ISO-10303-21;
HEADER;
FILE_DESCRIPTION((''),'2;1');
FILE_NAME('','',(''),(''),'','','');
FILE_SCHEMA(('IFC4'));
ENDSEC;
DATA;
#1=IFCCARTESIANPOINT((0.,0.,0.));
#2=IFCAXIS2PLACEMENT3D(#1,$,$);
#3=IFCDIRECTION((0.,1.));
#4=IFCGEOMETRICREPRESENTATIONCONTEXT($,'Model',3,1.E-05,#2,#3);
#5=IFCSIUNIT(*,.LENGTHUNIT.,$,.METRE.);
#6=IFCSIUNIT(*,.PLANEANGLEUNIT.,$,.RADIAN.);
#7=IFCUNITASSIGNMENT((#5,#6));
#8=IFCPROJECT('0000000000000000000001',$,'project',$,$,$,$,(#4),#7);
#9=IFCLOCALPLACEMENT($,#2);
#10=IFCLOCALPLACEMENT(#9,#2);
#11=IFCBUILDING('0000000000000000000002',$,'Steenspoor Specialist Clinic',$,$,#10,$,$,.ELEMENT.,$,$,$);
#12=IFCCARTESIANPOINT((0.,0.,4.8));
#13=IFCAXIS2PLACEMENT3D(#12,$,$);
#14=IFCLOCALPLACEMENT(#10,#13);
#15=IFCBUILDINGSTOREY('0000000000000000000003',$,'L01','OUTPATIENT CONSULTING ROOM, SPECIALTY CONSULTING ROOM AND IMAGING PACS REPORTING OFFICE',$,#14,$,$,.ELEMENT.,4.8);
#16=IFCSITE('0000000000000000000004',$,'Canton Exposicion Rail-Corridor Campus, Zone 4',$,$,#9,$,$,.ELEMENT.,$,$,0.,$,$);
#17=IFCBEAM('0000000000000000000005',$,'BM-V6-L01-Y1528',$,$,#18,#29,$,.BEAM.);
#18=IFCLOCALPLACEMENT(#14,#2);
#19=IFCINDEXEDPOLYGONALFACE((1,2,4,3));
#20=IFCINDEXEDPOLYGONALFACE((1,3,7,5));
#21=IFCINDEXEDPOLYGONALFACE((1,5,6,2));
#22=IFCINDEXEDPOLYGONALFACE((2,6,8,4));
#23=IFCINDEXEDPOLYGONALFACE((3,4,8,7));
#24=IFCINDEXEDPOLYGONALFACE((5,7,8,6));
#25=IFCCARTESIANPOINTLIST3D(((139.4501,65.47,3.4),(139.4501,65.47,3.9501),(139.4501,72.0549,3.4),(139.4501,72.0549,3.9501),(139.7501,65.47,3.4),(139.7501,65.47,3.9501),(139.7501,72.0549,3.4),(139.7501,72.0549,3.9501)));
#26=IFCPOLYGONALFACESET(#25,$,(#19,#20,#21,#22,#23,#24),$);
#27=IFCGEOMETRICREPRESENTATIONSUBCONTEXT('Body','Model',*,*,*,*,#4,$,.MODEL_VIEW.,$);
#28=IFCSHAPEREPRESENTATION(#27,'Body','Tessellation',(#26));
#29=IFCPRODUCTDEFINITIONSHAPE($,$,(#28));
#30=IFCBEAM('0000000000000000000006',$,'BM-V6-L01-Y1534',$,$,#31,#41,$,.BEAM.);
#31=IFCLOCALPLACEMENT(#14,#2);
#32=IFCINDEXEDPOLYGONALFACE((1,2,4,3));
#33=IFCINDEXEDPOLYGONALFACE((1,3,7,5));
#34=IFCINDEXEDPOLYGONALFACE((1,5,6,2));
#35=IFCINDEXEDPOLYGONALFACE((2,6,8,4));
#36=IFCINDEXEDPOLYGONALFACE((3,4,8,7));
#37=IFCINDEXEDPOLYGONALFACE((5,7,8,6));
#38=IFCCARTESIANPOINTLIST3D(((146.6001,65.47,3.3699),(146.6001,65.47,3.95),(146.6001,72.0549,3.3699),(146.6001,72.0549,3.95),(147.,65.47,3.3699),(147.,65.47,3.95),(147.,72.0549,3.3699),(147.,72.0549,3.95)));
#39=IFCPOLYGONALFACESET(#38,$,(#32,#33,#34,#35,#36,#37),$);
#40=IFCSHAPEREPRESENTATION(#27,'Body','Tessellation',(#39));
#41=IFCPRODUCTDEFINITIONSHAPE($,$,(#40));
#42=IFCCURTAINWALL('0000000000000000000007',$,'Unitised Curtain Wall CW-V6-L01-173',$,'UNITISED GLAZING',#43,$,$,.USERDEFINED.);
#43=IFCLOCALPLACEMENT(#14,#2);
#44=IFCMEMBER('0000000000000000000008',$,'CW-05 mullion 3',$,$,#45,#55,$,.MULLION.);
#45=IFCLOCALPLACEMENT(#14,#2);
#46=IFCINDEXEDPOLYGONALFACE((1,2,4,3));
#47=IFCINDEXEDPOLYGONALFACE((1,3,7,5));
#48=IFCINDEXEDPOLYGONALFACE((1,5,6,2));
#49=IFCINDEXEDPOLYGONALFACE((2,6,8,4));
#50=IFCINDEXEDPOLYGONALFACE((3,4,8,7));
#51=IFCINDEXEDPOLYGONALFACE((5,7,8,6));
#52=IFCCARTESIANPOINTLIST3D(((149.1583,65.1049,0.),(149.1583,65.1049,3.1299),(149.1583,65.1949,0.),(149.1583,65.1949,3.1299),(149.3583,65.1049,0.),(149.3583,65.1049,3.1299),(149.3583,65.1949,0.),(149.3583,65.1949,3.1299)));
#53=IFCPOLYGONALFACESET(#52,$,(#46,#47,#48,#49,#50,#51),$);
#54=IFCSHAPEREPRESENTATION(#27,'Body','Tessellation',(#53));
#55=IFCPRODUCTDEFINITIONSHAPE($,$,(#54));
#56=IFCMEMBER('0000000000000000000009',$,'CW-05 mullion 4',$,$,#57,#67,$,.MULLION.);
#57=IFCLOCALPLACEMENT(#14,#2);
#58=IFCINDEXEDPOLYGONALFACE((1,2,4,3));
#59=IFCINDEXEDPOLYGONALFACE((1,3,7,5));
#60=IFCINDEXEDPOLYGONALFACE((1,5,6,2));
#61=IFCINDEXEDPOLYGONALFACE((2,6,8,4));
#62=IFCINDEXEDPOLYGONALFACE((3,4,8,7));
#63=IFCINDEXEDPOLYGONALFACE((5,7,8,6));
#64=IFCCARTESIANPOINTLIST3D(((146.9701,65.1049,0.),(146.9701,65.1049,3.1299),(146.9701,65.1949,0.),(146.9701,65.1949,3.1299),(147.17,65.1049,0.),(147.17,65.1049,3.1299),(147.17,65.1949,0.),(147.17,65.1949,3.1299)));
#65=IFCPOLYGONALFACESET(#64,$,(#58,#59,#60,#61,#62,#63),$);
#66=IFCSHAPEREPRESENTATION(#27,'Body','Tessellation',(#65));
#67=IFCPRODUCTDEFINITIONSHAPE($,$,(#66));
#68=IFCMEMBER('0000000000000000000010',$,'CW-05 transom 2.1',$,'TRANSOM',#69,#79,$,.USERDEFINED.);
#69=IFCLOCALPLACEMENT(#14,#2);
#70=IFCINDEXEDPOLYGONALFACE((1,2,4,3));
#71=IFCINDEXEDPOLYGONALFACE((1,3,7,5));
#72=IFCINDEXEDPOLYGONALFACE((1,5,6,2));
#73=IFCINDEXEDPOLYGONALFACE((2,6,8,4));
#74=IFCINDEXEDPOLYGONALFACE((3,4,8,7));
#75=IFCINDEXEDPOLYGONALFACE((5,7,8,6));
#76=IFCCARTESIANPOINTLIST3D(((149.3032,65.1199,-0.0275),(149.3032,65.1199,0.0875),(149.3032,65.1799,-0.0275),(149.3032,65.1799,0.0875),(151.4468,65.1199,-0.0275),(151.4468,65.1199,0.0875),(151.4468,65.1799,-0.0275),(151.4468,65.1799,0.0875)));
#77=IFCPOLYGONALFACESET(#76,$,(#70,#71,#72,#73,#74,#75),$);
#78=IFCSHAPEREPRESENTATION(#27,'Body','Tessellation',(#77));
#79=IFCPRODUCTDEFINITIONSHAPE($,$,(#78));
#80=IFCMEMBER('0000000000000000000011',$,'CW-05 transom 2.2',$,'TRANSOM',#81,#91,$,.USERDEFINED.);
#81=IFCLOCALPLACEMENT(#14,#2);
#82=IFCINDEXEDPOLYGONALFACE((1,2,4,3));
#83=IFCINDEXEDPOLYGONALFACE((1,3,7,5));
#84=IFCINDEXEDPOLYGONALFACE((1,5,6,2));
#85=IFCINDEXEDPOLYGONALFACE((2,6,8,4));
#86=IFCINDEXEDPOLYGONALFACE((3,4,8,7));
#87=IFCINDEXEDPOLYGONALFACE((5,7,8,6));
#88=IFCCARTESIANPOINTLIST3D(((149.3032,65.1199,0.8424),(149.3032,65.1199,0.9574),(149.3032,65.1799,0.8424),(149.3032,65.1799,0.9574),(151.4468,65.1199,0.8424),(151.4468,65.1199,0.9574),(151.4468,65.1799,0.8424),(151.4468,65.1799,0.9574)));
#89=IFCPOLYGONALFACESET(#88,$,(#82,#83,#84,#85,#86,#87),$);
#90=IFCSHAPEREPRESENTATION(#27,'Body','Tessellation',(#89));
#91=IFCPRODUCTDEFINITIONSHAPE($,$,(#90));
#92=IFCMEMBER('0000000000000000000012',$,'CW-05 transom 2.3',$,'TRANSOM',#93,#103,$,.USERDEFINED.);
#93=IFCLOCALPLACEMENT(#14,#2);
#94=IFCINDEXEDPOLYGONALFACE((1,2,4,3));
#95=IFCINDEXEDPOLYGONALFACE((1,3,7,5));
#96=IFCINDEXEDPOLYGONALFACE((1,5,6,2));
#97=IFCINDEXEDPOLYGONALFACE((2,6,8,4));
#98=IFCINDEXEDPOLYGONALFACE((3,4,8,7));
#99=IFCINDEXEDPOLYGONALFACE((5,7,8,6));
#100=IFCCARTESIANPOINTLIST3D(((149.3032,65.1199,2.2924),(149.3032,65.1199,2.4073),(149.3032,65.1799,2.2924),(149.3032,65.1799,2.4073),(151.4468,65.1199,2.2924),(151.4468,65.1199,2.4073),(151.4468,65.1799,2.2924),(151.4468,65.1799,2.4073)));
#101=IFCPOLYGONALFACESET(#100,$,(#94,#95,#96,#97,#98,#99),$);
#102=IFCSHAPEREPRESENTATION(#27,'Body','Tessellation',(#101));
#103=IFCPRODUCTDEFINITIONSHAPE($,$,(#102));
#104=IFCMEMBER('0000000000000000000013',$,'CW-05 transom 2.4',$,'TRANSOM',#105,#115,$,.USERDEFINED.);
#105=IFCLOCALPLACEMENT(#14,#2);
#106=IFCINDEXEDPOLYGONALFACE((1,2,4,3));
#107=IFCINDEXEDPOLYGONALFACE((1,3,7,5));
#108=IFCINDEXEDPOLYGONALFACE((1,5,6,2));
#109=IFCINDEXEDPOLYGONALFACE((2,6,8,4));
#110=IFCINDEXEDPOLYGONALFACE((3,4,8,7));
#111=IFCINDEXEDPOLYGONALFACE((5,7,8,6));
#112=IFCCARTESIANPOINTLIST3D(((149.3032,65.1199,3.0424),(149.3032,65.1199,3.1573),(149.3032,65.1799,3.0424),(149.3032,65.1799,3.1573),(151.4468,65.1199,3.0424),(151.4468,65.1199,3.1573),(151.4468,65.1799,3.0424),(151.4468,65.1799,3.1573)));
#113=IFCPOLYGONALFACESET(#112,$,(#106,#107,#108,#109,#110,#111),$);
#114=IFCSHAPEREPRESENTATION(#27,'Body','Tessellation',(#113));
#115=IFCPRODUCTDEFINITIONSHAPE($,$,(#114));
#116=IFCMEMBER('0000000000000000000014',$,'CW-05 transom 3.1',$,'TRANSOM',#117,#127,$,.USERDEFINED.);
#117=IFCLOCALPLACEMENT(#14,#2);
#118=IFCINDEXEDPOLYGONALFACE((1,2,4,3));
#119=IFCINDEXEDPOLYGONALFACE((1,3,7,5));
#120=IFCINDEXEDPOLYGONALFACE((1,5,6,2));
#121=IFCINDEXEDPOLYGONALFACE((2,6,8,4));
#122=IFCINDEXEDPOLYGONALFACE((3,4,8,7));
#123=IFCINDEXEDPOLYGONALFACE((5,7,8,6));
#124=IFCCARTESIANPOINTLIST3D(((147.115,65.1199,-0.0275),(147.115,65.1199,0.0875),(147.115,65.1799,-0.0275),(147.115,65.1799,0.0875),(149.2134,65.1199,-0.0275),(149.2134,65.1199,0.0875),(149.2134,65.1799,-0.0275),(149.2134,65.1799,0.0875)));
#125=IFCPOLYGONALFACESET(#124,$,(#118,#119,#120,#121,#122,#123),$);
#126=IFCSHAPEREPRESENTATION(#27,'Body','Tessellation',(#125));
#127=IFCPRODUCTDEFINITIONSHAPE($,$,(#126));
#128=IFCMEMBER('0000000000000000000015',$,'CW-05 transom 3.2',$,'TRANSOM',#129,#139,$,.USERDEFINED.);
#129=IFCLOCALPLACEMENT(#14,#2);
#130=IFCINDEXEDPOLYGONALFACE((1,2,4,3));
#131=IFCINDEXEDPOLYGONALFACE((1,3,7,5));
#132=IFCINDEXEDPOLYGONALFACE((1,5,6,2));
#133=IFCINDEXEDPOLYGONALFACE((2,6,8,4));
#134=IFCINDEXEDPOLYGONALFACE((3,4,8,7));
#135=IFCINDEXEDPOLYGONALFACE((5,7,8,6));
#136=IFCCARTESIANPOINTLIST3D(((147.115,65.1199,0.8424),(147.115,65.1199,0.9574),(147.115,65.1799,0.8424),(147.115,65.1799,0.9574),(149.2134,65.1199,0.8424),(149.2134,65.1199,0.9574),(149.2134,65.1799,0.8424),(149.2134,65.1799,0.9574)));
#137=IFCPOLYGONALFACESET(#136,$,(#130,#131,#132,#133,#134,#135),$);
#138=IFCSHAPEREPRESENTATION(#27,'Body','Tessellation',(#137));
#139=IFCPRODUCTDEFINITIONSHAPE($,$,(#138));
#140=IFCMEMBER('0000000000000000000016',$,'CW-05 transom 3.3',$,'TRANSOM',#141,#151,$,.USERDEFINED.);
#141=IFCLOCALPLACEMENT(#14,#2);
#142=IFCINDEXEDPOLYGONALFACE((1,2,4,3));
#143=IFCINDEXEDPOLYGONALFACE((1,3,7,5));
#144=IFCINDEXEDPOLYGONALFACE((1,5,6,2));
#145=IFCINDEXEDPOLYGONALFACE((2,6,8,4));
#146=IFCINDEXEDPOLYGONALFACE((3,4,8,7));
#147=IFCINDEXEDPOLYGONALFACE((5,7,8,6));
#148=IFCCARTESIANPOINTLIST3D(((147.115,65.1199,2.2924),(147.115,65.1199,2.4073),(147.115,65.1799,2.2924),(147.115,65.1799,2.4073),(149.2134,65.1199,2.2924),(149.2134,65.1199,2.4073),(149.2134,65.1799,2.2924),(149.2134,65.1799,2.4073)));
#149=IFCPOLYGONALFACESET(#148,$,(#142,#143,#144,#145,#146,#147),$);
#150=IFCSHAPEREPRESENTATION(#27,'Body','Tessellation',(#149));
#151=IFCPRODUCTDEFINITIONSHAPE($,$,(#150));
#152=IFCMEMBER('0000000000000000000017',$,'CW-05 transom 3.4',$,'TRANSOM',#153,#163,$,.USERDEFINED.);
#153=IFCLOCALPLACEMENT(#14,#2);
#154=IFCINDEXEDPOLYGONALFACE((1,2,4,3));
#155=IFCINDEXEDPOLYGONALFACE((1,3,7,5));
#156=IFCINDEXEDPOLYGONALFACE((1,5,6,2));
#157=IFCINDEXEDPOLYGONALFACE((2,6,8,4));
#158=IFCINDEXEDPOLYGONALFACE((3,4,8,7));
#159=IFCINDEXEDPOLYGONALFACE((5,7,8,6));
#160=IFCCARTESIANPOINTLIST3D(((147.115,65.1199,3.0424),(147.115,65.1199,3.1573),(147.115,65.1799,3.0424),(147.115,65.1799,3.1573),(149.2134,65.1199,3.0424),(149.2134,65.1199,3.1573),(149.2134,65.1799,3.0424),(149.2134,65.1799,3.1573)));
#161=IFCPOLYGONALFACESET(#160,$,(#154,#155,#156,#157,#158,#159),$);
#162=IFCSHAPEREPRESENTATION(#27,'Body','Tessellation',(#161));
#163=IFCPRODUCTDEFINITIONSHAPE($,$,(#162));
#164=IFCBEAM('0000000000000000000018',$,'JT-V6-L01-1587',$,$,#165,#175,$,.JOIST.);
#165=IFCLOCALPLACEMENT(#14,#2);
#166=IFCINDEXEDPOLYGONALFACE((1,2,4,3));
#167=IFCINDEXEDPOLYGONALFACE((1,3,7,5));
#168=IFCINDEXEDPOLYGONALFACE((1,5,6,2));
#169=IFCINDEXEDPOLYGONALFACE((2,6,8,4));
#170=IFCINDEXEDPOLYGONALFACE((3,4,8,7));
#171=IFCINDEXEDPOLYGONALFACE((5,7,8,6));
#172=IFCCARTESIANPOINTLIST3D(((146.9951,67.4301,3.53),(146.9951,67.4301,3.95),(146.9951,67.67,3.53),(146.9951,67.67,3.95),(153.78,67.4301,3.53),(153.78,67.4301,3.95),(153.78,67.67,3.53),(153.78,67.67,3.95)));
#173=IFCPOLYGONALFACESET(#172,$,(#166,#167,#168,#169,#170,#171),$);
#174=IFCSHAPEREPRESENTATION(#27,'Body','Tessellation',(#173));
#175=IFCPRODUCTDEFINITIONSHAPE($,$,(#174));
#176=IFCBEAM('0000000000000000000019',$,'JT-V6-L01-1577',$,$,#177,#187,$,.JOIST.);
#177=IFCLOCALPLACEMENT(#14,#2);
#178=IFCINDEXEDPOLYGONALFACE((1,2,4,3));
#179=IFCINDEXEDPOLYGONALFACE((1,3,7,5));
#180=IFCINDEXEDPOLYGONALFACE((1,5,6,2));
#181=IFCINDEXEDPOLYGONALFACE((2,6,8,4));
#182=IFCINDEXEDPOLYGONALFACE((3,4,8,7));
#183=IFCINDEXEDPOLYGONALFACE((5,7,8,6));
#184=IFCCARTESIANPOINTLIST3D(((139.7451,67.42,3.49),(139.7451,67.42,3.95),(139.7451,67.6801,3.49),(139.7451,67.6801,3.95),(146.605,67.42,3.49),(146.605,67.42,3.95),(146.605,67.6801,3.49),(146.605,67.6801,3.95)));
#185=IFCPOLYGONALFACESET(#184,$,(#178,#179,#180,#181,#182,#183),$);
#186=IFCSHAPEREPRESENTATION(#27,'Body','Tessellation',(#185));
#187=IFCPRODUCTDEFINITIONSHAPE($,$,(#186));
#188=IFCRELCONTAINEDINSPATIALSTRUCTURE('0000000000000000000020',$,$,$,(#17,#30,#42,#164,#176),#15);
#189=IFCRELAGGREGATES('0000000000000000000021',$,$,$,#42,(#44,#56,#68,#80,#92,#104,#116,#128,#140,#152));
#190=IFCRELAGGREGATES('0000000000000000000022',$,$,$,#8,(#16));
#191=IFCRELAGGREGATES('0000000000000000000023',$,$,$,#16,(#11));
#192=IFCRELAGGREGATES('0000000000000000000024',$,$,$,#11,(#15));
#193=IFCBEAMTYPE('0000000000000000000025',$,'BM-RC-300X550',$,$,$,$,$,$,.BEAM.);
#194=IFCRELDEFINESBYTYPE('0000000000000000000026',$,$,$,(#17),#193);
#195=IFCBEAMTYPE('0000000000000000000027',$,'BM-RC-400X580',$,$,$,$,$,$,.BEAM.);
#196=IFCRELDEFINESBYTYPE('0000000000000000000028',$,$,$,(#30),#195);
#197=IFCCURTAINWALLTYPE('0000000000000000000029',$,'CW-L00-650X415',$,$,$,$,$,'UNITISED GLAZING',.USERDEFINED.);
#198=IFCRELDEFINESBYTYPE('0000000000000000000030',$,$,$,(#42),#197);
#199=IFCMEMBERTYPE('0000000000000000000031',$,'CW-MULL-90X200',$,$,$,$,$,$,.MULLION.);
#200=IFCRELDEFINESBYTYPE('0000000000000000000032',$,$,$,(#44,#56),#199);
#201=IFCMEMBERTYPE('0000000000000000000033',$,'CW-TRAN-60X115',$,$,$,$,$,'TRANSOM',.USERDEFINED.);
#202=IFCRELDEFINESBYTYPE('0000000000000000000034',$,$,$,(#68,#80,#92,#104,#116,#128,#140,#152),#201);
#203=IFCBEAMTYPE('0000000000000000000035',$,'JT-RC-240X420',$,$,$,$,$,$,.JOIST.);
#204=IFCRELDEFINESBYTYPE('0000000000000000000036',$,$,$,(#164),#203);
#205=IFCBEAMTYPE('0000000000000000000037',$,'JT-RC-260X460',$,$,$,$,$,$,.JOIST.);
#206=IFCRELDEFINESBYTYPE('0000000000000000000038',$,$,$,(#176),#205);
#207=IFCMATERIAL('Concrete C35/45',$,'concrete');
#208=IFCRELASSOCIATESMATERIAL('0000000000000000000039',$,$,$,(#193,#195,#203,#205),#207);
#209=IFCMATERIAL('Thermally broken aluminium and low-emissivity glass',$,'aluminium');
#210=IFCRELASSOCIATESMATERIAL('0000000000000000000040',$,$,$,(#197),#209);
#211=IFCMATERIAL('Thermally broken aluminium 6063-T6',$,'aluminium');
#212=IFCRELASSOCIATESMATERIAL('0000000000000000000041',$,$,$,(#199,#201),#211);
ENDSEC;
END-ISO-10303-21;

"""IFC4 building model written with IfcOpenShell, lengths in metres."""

from ifc_helpers import new_model, si_unit, direction, frame, origin, origin_2d, place, context, subcontext, project, spatial, rectangle, extrude, material, material_profile, profile_set, type_object, element, aggregate, save


model = new_model("IFC4")

# Units and contexts
model_context = context("Model", 3, precision=1e-05, world=origin(), true_north=direction((0.0, 1.0)))
body_context = subcontext(model_context, "Body", "Model", "MODEL_VIEW")
ifc_project = project(units=[si_unit("LENGTHUNIT", "METRE"), si_unit("PLANEANGLEUNIT", "RADIAN")], contexts=[model_context])

# Site, building, storey
site_placement = place(None, origin())
site = spatial("IfcSite", under=ifc_project, at=site_placement, Name="Canton Exposicion Rail-Corridor Campus, Zone 4", CompositionType="ELEMENT", RefElevation=0.0)
building_placement = place(site_placement, origin())
building = spatial("IfcBuilding", under=site, at=building_placement, Name="Steenspoor Specialist Clinic", CompositionType="ELEMENT")
storey_placement = place(building_placement, frame((0.0, 0.0, 4.8)))
storey = spatial("IfcBuildingStorey", under=building, at=storey_placement, Name="L01", Description="OUTPATIENT CONSULTING ROOM, SPECIALTY CONSULTING ROOM AND IMAGING PACS REPORTING OFFICE", CompositionType="ELEMENT", Elevation=4.8)

# Beams
ifc_material_1 = material(Name="Concrete C35/45", Category="concrete")
ifc_material_profile_1 = material_profile(ifc_material_1, rectangle(XDim=0.3, YDim=0.55, at=origin_2d()), Name="RC-BM-300X550")
ifc_profile_set_1 = profile_set([ifc_material_profile_1], Name="Concrete C35/45")
beam_type_1 = type_object("IfcBeamType", Name="BM-RC-300X550", PredefinedType="BEAM", material=ifc_profile_set_1)
beam_1_placement = place(storey_placement, frame((139.6001, 65.47, 3.675), z_axis=(0.0, 1.0, 0.0), x_axis=(-1.0, 0.0, 0.0)))
element("IfcBeam", 1, at=beam_1_placement, inside=storey, type_object=beam_type_1, Name="BM-V6-L01-Y1528", PredefinedType="BEAM", context=body_context, shape_type="SweptSolid", body=[
    extrude(rectangle(XDim=0.3, YDim=0.55, at=origin_2d()), origin(), (0.0, 0.0, 1.0), 6.585),
])
ifc_material_profile_2 = material_profile(ifc_material_1, rectangle(XDim=0.3999, YDim=0.5801, at=origin_2d()), Name="RC-BM-400X580")
ifc_profile_set_2 = profile_set([ifc_material_profile_2], Name="Concrete C35/45")
beam_type_2 = type_object("IfcBeamType", Name="BM-RC-400X580", PredefinedType="BEAM", material=ifc_profile_set_2)
beam_2_placement = place(storey_placement, frame((146.8, 65.47, 3.6599), z_axis=(0.0, 1.0, 0.0), x_axis=(-1.0, 0.0, 0.0)))
element("IfcBeam", 2, at=beam_2_placement, inside=storey, type_object=beam_type_2, Name="BM-V6-L01-Y1534", PredefinedType="BEAM", context=body_context, shape_type="SweptSolid", body=[
    extrude(rectangle(XDim=0.3999, YDim=0.5801, at=origin_2d()), origin(), (0.0, 0.0, 1.0), 6.585),
])

# Curtain wall, members
ifc_material_2 = material(Name="Thermally broken aluminium and low-emissivity glass", Category="aluminium")
curtain_wall_type = type_object("IfcCurtainWallType", Name="CW-L00-650X415", ElementType="UNITISED GLAZING", PredefinedType="USERDEFINED", material=ifc_material_2)
curtain_wall_placement = place(storey_placement, origin())
curtain_wall = element("IfcCurtainWall", 3, at=curtain_wall_placement, inside=storey, type_object=curtain_wall_type, Name="Unitised Curtain Wall CW-V6-L01-173", ObjectType="UNITISED GLAZING", PredefinedType="USERDEFINED")
ifc_material_3 = material(Name="Thermally broken aluminium 6063-T6", Category="aluminium")
ifc_material_profile_3 = material_profile(ifc_material_3, rectangle(XDim=0.0901, YDim=0.2, at=origin_2d()), Name="CWM-90X200")
ifc_profile_set_3 = profile_set([ifc_material_profile_3], Name="Thermally broken aluminium 6063-T6")
member_type_1 = type_object("IfcMemberType", Name="CW-MULL-90X200", PredefinedType="MULLION", material=ifc_profile_set_3)
member_1_placement = place(storey_placement, frame((149.2583, 65.1499, 0.0), z_axis=(0.0, 0.0, 1.0), x_axis=(0.0, -1.0, 0.0)))
member_1 = element("IfcMember", 4, at=member_1_placement, type_object=member_type_1, Name="CW-05 mullion 3", PredefinedType="MULLION", context=body_context, shape_type="SweptSolid", body=[
    extrude(rectangle(XDim=0.0901, YDim=0.2, at=origin_2d()), origin(), (0.0, 0.0, 1.0), 3.1299),
])
member_2_placement = place(storey_placement, frame((147.0701, 65.1499, 0.0), z_axis=(0.0, 0.0, 1.0), x_axis=(0.0, -1.0, 0.0)))
member_2 = element("IfcMember", 5, at=member_2_placement, type_object=member_type_1, Name="CW-05 mullion 4", PredefinedType="MULLION", context=body_context, shape_type="SweptSolid", body=[
    extrude(rectangle(XDim=0.0901, YDim=0.2, at=origin_2d()), origin(), (0.0, 0.0, 1.0), 3.1299),
])
ifc_material_profile_4 = material_profile(ifc_material_3, rectangle(XDim=0.0601, YDim=0.115, at=origin_2d()), Name="CWT-60X115")
ifc_profile_set_4 = profile_set([ifc_material_profile_4], Name="Thermally broken aluminium 6063-T6")
member_type_2 = type_object("IfcMemberType", Name="CW-TRAN-60X115", ElementType="TRANSOM", PredefinedType="USERDEFINED", material=ifc_profile_set_4)
member_3_placement = place(storey_placement, frame((151.4468, 65.1499, 0.03), z_axis=(-1.0, 0.0, 0.0), x_axis=(0.0, -1.0, 0.0)))
member_3 = element("IfcMember", 6, at=member_3_placement, type_object=member_type_2, Name="CW-05 transom 2.1", ObjectType="TRANSOM", PredefinedType="USERDEFINED", context=body_context, shape_type="SweptSolid", body=[
    extrude(rectangle(XDim=0.0601, YDim=0.115, at=origin_2d()), origin(), (0.0, 0.0, 1.0), 2.1436),
])
member_4_placement = place(storey_placement, frame((151.4468, 65.1499, 0.8999), z_axis=(-1.0, 0.0, 0.0), x_axis=(0.0, -1.0, 0.0)))
member_4 = element("IfcMember", 7, at=member_4_placement, type_object=member_type_2, Name="CW-05 transom 2.2", ObjectType="TRANSOM", PredefinedType="USERDEFINED", context=body_context, shape_type="SweptSolid", body=[
    extrude(rectangle(XDim=0.0601, YDim=0.115, at=origin_2d()), origin(), (0.0, 0.0, 1.0), 2.1436),
])
member_5_placement = place(storey_placement, frame((151.4468, 65.1499, 2.3499), z_axis=(-1.0, 0.0, 0.0), x_axis=(0.0, -1.0, 0.0)))
member_5 = element("IfcMember", 8, at=member_5_placement, type_object=member_type_2, Name="CW-05 transom 2.3", ObjectType="TRANSOM", PredefinedType="USERDEFINED", context=body_context, shape_type="SweptSolid", body=[
    extrude(rectangle(XDim=0.0601, YDim=0.115, at=origin_2d()), origin(), (0.0, 0.0, 1.0), 2.1436),
])
member_6_placement = place(storey_placement, frame((151.4468, 65.1499, 3.0999), z_axis=(-1.0, 0.0, 0.0), x_axis=(0.0, -1.0, 0.0)))
member_6 = element("IfcMember", 9, at=member_6_placement, type_object=member_type_2, Name="CW-05 transom 2.4", ObjectType="TRANSOM", PredefinedType="USERDEFINED", context=body_context, shape_type="SweptSolid", body=[
    extrude(rectangle(XDim=0.0601, YDim=0.115, at=origin_2d()), origin(), (0.0, 0.0, 1.0), 2.1436),
])
member_7_placement = place(storey_placement, frame((149.2134, 65.1499, 0.03), z_axis=(-1.0, 0.0, 0.0), x_axis=(0.0, -1.0, 0.0)))
member_7 = element("IfcMember", 10, at=member_7_placement, type_object=member_type_2, Name="CW-05 transom 3.1", ObjectType="TRANSOM", PredefinedType="USERDEFINED", context=body_context, shape_type="SweptSolid", body=[
    extrude(rectangle(XDim=0.0601, YDim=0.115, at=origin_2d()), origin(), (0.0, 0.0, 1.0), 2.0984),
])
member_8_placement = place(storey_placement, frame((149.2134, 65.1499, 0.8999), z_axis=(-1.0, 0.0, 0.0), x_axis=(0.0, -1.0, 0.0)))
member_8 = element("IfcMember", 11, at=member_8_placement, type_object=member_type_2, Name="CW-05 transom 3.2", ObjectType="TRANSOM", PredefinedType="USERDEFINED", context=body_context, shape_type="SweptSolid", body=[
    extrude(rectangle(XDim=0.0601, YDim=0.115, at=origin_2d()), origin(), (0.0, 0.0, 1.0), 2.0984),
])
member_9_placement = place(storey_placement, frame((149.2134, 65.1499, 2.3499), z_axis=(-1.0, 0.0, 0.0), x_axis=(0.0, -1.0, 0.0)))
member_9 = element("IfcMember", 12, at=member_9_placement, type_object=member_type_2, Name="CW-05 transom 3.3", ObjectType="TRANSOM", PredefinedType="USERDEFINED", context=body_context, shape_type="SweptSolid", body=[
    extrude(rectangle(XDim=0.0601, YDim=0.115, at=origin_2d()), origin(), (0.0, 0.0, 1.0), 2.0984),
])
member_10_placement = place(storey_placement, frame((149.2134, 65.1499, 3.0999), z_axis=(-1.0, 0.0, 0.0), x_axis=(0.0, -1.0, 0.0)))
member_10 = element("IfcMember", 13, at=member_10_placement, type_object=member_type_2, Name="CW-05 transom 3.4", ObjectType="TRANSOM", PredefinedType="USERDEFINED", context=body_context, shape_type="SweptSolid", body=[
    extrude(rectangle(XDim=0.0601, YDim=0.115, at=origin_2d()), origin(), (0.0, 0.0, 1.0), 2.0984),
])

# Beams
ifc_material_profile_5 = material_profile(ifc_material_1, rectangle(XDim=0.24, YDim=0.4199, at=origin_2d()), Name="RC-JT-240X420")
ifc_profile_set_5 = profile_set([ifc_material_profile_5], Name="Concrete C35/45")
beam_type_3 = type_object("IfcBeamType", Name="JT-RC-240X420", PredefinedType="JOIST", material=ifc_profile_set_5)
beam_3_placement = place(storey_placement, frame((146.9951, 67.55, 3.74), z_axis=(1.0, 0.0, 0.0), x_axis=(0.0, 1.0, 0.0)))
element("IfcBeam", 14, at=beam_3_placement, inside=storey, type_object=beam_type_3, Name="JT-V6-L01-1587", PredefinedType="JOIST", context=body_context, shape_type="SweptSolid", body=[
    extrude(rectangle(XDim=0.24, YDim=0.4199, at=origin_2d()), origin(), (0.0, 0.0, 1.0), 6.7849),
])
ifc_material_profile_6 = material_profile(ifc_material_1, rectangle(XDim=0.26, YDim=0.46, at=origin_2d()), Name="RC-JT-260X460")
ifc_profile_set_6 = profile_set([ifc_material_profile_6], Name="Concrete C35/45")
beam_type_4 = type_object("IfcBeamType", Name="JT-RC-260X460", PredefinedType="JOIST", material=ifc_profile_set_6)
beam_4_placement = place(storey_placement, frame((139.7451, 67.55, 3.72), z_axis=(1.0, 0.0, 0.0), x_axis=(0.0, 1.0, 0.0)))
element("IfcBeam", 15, at=beam_4_placement, inside=storey, type_object=beam_type_4, Name="JT-V6-L01-1577", PredefinedType="JOIST", context=body_context, shape_type="SweptSolid", body=[
    extrude(rectangle(XDim=0.26, YDim=0.46, at=origin_2d()), origin(), (0.0, 0.0, 1.0), 6.8599),
])

aggregate(curtain_wall, [member_1, member_2, member_3, member_4, member_5, member_6, member_7, member_8, member_9, member_10])

save(model, "model.ifc")
